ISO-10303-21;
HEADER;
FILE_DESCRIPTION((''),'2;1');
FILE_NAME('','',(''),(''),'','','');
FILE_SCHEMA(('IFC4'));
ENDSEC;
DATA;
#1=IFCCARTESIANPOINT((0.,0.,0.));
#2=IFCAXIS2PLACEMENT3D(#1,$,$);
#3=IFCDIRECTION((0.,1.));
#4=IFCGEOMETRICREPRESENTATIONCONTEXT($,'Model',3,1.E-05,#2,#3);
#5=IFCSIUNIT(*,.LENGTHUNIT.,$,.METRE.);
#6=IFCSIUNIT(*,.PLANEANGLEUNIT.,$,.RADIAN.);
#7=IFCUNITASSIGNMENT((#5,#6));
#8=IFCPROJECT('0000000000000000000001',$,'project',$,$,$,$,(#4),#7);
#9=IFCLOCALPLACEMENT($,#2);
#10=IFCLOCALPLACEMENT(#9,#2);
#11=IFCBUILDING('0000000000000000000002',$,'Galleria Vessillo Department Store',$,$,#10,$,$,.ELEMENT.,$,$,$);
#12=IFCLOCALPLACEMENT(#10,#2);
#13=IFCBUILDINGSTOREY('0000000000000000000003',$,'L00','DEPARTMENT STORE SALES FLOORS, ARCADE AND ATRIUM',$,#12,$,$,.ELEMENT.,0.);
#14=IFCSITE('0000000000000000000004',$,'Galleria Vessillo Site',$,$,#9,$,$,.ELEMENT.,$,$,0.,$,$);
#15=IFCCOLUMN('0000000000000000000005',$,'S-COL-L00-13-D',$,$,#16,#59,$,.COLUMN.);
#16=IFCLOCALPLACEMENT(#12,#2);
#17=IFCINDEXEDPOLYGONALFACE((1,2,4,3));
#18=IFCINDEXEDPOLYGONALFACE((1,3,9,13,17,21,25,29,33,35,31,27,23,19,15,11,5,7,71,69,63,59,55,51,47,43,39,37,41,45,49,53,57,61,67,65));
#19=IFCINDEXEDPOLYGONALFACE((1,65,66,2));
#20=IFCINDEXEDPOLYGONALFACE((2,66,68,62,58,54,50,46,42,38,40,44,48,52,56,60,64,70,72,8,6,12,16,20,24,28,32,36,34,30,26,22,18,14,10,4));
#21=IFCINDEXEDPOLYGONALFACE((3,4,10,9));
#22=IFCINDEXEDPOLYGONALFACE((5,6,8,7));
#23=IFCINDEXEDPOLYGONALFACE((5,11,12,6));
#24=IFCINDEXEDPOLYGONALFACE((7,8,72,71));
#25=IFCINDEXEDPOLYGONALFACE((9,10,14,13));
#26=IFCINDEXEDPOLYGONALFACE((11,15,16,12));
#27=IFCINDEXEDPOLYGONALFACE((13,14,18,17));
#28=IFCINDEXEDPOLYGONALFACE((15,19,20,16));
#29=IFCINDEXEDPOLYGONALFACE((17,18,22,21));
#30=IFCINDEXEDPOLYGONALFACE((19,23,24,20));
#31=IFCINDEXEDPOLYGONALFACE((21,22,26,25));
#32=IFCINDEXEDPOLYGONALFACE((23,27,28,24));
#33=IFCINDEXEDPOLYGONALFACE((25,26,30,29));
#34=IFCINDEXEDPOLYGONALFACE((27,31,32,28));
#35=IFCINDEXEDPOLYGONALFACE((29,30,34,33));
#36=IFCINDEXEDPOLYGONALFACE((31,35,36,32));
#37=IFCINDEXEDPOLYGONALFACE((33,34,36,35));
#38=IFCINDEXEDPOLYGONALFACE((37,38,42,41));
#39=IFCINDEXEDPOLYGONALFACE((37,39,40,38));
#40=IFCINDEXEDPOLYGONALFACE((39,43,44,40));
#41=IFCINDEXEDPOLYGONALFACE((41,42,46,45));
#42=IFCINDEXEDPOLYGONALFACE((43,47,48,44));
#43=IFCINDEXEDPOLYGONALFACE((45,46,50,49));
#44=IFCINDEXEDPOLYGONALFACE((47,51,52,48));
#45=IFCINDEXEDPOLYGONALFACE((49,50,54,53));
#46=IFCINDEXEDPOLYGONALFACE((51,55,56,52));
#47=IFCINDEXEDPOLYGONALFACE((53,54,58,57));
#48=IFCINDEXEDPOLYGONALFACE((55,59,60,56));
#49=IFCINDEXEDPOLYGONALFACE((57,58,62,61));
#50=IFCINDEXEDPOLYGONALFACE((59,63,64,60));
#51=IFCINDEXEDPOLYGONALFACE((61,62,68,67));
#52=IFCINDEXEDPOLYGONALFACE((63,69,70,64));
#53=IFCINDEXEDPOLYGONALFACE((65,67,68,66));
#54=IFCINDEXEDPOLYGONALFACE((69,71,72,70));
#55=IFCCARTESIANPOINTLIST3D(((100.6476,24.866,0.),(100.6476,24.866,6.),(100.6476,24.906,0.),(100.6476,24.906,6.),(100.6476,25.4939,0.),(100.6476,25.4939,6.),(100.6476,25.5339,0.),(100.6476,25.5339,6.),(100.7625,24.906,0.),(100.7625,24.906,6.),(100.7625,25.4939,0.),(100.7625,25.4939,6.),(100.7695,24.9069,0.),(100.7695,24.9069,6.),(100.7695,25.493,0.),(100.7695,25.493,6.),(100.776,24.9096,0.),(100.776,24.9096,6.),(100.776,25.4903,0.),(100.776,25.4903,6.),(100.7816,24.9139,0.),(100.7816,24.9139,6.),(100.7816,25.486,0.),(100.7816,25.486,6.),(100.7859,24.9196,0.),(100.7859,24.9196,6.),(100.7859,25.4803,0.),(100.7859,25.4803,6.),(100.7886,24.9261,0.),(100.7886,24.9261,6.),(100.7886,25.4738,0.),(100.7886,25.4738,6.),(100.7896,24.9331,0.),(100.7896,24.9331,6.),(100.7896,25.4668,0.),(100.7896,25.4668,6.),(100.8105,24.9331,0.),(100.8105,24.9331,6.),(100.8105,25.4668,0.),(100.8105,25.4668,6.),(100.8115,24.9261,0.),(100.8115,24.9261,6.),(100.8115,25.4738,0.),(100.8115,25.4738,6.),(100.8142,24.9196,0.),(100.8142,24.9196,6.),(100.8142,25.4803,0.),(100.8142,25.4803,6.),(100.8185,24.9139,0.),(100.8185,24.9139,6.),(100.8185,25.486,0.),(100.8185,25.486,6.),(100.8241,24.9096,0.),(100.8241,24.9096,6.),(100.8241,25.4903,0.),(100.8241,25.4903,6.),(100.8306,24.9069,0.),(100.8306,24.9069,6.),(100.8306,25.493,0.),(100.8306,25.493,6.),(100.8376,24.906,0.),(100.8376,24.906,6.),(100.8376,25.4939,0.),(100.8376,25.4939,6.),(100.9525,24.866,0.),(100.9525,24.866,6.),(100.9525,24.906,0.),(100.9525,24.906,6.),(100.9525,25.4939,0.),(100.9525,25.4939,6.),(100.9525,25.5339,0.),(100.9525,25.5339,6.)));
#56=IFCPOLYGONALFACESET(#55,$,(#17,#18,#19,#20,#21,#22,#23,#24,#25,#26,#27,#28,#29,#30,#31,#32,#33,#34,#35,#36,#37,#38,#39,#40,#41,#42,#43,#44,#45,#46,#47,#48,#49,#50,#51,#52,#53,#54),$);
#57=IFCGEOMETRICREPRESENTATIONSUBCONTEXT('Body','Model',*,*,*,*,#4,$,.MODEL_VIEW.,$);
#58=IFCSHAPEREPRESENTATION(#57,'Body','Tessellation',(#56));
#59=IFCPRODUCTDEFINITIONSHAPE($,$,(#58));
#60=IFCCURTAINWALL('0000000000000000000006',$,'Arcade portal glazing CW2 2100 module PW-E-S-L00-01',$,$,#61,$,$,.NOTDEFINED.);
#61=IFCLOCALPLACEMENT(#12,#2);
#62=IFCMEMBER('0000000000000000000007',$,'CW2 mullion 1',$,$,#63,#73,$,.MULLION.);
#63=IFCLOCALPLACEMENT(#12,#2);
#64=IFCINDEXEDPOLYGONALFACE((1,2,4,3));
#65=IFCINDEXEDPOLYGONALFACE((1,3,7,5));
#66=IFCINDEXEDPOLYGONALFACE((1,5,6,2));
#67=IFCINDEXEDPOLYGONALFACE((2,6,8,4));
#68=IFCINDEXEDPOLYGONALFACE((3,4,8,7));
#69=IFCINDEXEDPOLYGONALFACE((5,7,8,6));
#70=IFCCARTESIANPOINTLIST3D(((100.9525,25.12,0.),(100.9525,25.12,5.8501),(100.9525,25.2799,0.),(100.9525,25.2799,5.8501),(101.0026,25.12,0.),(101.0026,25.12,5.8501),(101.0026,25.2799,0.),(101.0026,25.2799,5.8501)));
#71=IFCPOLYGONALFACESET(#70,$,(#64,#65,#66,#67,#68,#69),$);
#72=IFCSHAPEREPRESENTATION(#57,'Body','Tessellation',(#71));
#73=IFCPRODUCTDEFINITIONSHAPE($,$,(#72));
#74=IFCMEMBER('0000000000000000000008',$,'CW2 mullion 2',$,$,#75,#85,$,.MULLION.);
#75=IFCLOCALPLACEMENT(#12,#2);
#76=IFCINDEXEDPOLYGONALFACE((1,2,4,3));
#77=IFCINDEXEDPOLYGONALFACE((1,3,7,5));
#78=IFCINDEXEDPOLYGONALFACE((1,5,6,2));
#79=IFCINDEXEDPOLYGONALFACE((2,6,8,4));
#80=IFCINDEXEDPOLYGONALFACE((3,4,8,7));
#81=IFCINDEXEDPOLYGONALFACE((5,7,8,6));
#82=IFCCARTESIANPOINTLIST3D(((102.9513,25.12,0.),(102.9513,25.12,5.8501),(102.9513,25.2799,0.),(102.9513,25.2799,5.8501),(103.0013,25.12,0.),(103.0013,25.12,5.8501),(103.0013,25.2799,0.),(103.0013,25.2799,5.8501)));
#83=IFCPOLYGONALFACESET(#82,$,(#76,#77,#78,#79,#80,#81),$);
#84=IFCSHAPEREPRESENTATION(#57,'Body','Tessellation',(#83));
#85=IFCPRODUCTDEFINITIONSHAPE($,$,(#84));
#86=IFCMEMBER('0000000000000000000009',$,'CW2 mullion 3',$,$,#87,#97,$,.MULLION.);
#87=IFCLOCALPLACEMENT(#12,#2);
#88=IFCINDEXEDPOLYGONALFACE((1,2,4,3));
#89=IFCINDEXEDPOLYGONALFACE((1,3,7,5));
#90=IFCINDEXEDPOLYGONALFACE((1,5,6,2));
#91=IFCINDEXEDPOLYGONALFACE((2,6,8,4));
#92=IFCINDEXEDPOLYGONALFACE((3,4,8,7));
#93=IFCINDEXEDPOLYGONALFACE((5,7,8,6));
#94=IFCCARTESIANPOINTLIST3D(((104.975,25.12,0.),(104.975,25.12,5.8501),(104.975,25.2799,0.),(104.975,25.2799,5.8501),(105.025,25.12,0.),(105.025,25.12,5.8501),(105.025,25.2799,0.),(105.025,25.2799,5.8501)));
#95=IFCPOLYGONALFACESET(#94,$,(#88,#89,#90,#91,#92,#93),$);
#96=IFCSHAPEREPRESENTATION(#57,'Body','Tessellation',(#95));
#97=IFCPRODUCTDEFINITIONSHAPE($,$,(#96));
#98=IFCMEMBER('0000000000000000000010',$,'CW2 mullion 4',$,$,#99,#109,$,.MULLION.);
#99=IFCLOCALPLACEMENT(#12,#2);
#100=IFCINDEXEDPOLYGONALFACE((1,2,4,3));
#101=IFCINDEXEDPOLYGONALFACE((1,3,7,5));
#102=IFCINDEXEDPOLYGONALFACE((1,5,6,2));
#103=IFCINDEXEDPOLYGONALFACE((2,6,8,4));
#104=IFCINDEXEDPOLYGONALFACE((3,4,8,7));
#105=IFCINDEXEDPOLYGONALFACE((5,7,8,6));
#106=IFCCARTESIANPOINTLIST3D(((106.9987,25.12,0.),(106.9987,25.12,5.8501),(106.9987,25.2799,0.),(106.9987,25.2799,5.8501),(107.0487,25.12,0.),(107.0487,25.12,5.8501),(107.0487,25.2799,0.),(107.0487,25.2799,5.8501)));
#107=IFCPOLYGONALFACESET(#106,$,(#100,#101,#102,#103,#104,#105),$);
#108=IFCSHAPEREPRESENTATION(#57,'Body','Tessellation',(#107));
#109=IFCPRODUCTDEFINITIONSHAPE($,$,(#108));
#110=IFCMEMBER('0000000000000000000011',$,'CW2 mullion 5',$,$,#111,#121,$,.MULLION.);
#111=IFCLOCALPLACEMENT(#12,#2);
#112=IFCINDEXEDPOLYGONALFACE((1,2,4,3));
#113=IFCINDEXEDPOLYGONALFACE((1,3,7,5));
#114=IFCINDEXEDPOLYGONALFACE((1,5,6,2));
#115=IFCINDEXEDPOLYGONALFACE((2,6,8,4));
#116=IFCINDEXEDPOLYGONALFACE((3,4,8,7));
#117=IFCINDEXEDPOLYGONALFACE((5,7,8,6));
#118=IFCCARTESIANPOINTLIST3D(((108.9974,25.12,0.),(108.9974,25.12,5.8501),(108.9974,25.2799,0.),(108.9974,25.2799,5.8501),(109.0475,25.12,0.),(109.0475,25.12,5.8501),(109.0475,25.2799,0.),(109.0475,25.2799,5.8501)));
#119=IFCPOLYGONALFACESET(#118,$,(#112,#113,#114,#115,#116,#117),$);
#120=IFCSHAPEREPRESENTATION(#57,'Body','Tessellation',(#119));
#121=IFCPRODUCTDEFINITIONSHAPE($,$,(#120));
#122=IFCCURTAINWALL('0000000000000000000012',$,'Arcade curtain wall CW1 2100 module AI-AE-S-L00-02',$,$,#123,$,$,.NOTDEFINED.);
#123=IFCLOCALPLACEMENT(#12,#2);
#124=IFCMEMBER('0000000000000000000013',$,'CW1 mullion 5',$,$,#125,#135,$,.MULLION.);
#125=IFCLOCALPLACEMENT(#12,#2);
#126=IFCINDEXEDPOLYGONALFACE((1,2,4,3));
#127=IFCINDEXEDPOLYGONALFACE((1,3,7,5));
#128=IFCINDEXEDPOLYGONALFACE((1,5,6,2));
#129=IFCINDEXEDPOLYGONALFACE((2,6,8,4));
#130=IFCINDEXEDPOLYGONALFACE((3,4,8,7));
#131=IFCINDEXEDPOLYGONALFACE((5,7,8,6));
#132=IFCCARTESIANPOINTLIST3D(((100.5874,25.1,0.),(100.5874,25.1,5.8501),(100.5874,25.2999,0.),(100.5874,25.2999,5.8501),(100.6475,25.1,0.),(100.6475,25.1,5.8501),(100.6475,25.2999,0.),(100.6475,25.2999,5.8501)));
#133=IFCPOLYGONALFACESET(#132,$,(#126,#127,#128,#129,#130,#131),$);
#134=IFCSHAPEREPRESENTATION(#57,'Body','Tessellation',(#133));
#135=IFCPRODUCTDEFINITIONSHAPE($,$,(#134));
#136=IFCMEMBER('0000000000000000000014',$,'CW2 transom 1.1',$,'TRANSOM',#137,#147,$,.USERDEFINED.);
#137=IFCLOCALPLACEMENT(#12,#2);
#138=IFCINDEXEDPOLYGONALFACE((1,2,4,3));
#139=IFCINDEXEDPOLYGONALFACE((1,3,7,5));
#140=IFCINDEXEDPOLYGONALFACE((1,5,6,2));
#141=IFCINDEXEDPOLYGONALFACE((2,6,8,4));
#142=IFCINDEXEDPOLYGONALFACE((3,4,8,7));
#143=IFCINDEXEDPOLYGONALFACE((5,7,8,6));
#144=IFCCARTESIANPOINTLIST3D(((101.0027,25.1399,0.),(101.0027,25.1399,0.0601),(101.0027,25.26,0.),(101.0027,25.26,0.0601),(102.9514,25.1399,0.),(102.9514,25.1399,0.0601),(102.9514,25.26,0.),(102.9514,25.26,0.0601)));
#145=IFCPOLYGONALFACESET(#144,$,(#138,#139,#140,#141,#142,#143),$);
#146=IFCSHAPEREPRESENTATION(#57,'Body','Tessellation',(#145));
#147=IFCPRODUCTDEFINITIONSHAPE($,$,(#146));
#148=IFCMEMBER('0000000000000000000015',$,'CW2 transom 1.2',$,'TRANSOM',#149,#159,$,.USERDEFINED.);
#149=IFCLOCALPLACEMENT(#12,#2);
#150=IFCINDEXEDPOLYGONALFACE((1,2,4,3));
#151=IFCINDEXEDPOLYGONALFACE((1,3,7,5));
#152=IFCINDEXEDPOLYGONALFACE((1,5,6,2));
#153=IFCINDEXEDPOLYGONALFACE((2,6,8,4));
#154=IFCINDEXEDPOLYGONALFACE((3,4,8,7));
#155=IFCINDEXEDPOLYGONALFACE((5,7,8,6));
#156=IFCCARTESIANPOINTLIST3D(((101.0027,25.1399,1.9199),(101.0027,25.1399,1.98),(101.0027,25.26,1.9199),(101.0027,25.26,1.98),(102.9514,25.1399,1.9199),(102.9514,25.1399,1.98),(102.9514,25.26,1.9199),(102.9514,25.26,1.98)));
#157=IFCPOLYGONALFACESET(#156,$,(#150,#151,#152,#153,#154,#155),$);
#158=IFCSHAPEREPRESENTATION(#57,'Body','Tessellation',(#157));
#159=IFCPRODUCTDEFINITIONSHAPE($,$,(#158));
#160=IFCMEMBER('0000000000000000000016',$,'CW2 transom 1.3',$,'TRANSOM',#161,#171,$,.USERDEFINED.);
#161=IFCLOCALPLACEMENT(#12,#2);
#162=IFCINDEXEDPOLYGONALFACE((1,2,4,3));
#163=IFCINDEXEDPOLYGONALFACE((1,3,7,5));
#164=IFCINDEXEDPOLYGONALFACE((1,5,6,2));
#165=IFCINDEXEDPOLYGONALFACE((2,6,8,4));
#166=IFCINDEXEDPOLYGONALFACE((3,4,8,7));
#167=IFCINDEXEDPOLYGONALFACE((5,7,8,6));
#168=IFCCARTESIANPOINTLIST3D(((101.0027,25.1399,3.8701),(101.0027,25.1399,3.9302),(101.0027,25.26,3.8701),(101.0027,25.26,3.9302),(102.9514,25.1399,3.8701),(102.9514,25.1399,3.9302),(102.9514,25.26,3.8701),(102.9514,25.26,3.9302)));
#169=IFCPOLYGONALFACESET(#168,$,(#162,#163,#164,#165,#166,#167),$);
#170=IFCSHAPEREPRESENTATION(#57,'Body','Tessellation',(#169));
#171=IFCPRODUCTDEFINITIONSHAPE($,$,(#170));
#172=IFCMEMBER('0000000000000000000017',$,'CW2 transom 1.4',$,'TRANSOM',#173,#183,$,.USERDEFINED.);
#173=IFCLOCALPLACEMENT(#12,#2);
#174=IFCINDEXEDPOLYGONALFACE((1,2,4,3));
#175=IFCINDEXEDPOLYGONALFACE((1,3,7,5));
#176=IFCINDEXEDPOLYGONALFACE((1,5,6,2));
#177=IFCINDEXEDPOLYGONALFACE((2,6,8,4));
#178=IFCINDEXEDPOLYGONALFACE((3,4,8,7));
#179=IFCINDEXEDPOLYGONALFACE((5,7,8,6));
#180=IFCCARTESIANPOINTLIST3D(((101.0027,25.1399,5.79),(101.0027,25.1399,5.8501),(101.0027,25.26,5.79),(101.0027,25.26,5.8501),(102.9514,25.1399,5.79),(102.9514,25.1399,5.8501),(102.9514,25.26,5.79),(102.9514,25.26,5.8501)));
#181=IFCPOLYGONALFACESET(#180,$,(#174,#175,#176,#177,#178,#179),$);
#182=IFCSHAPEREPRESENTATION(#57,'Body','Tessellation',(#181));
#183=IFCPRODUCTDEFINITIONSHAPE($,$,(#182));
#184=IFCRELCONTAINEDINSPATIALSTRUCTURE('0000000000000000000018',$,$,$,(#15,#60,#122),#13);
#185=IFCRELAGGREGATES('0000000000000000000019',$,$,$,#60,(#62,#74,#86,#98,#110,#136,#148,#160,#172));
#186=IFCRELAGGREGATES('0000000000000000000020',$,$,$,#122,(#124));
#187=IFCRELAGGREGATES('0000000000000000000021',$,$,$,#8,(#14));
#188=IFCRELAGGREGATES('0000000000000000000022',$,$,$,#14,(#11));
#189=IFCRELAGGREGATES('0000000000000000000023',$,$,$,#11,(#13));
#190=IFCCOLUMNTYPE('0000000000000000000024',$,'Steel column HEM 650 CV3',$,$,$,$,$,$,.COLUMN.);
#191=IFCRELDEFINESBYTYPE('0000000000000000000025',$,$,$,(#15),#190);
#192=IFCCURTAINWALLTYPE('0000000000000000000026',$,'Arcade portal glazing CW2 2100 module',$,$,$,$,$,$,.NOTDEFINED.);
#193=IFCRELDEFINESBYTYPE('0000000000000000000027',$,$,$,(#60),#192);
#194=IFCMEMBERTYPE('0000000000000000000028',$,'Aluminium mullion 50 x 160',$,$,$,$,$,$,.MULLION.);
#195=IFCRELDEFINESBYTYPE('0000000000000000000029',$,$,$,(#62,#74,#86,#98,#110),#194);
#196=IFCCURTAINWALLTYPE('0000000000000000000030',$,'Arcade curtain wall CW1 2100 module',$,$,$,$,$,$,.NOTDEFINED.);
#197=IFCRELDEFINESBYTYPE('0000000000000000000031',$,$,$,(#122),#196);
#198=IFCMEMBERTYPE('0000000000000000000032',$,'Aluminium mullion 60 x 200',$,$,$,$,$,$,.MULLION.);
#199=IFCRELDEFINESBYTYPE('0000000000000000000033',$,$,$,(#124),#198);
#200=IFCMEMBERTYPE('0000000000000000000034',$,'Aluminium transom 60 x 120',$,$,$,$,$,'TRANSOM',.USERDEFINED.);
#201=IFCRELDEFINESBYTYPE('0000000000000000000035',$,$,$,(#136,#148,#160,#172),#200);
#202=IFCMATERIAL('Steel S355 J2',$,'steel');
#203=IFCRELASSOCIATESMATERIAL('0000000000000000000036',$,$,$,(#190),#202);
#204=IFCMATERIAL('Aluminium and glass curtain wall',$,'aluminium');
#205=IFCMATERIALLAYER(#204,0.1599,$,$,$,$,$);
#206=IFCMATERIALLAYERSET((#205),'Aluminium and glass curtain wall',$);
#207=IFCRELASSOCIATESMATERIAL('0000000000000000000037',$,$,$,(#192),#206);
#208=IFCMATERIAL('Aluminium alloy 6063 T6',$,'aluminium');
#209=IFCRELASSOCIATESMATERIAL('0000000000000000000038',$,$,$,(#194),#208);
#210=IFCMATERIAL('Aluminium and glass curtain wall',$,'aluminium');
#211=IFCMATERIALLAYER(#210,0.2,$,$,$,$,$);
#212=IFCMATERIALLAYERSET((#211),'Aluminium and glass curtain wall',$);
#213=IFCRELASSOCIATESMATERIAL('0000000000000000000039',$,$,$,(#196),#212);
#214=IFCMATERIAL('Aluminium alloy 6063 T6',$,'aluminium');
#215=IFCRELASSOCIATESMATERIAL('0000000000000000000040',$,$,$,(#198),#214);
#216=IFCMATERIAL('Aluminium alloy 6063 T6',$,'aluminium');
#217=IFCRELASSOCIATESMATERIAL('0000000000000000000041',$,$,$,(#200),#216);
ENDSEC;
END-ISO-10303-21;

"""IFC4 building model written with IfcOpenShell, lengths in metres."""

from ifc_helpers import new_model, si_unit, direction, frame, origin, origin_2d, place, context, subcontext, project, spatial, rectangle, i_section, extrude, material, layer, layer_set, material_profile, profile_set, type_object, element, aggregate, save


model = new_model("IFC4")

# Units and contexts
model_context = context("Model", 3, precision=1e-05, world=origin(), true_north=direction((0.0, 1.0)))
body_context = subcontext(model_context, "Body", "Model", "MODEL_VIEW")
ifc_project = project(units=[si_unit("LENGTHUNIT", "METRE"), si_unit("PLANEANGLEUNIT", "RADIAN")], contexts=[model_context])

# Site, building, storey
site_placement = place(None, origin())
site = spatial("IfcSite", under=ifc_project, at=site_placement, Name="Galleria Vessillo Site", CompositionType="ELEMENT", RefElevation=0.0)
building_placement = place(site_placement, origin())
building = spatial("IfcBuilding", under=site, at=building_placement, Name="Galleria Vessillo Department Store", CompositionType="ELEMENT")
storey_placement = place(building_placement, origin())
storey = spatial("IfcBuildingStorey", under=building, at=storey_placement, Name="L00", Description="DEPARTMENT STORE SALES FLOORS, ARCADE AND ATRIUM", CompositionType="ELEMENT", Elevation=0.0)

# Column
ifc_material_1 = material(Name="Steel S355 J2", Category="steel")
ifc_material_profile_1 = material_profile(ifc_material_1, i_section(OverallWidth=0.3049, OverallDepth=0.668, WebThickness=0.021, FlangeThickness=0.04, FilletRadius=0.0271, at=origin_2d()), Name="HEM 650")
ifc_profile_set_1 = profile_set([ifc_material_profile_1], Name="Steel S355 J2")
column_type = type_object("IfcColumnType", Name="Steel column HEM 650 CV3", PredefinedType="COLUMN", material=ifc_profile_set_1)
column_placement = place(storey_placement, frame((100.8, 25.2, 0.0), z_axis=(0.0, 0.0, 1.0), x_axis=(1.0, 0.0, 0.0)))
element("IfcColumn", 1, at=column_placement, inside=storey, type_object=column_type, Name="S-COL-L00-13-D", PredefinedType="COLUMN", context=body_context, shape_type="SweptSolid", body=[
    extrude(i_section(OverallWidth=0.3049, OverallDepth=0.668, WebThickness=0.021, FlangeThickness=0.04, FilletRadius=0.0271, at=origin_2d()), origin(), (0.0, 0.0, 1.0), 6.0),
])

# Curtain wall, members
ifc_material_2 = material(Name="Aluminium and glass curtain wall", Category="aluminium")
ifc_layer_1 = layer(ifc_material_2, 0.1599)
ifc_layer_set_1 = layer_set([ifc_layer_1], Name="Aluminium and glass curtain wall")
curtain_wall_type_1 = type_object("IfcCurtainWallType", Name="Arcade portal glazing CW2 2100 module", PredefinedType="NOTDEFINED", material=ifc_layer_set_1)
curtain_wall_1_placement = place(storey_placement, origin())
curtain_wall_1 = element("IfcCurtainWall", 2, at=curtain_wall_1_placement, inside=storey, type_object=curtain_wall_type_1, Name="Arcade portal glazing CW2 2100 module PW-E-S-L00-01", PredefinedType="NOTDEFINED")
ifc_material_3 = material(Name="Aluminium alloy 6063 T6", Category="aluminium")
ifc_material_profile_2 = material_profile(ifc_material_3, rectangle(XDim=0.1599, YDim=0.05, at=origin_2d()), Name="AL 50x160")
ifc_profile_set_2 = profile_set([ifc_material_profile_2], Name="Aluminium alloy 6063 T6")
member_type_1 = type_object("IfcMemberType", Name="Aluminium mullion 50 x 160", PredefinedType="MULLION", material=ifc_profile_set_2)
member_1_placement = place(storey_placement, frame((100.9775, 25.2, 0.0), z_axis=(0.0, 0.0, 1.0), x_axis=(0.0, 1.0, 0.0)))
member_1 = element("IfcMember", 3, at=member_1_placement, type_object=member_type_1, Name="CW2 mullion 1", PredefinedType="MULLION", context=body_context, shape_type="SweptSolid", body=[
    extrude(rectangle(XDim=0.1599, YDim=0.05, at=origin_2d()), origin(), (0.0, 0.0, 1.0), 5.8501),
])
member_2_placement = place(storey_placement, frame((102.9763, 25.2, 0.0), z_axis=(0.0, 0.0, 1.0), x_axis=(0.0, 1.0, 0.0)))
member_2 = element("IfcMember", 4, at=member_2_placement, type_object=member_type_1, Name="CW2 mullion 2", PredefinedType="MULLION", context=body_context, shape_type="SweptSolid", body=[
    extrude(rectangle(XDim=0.1599, YDim=0.05, at=origin_2d()), origin(), (0.0, 0.0, 1.0), 5.8501),
])
member_3_placement = place(storey_placement, frame((105.0, 25.2, 0.0), z_axis=(0.0, 0.0, 1.0), x_axis=(0.0, 1.0, 0.0)))
member_3 = element("IfcMember", 5, at=member_3_placement, type_object=member_type_1, Name="CW2 mullion 3", PredefinedType="MULLION", context=body_context, shape_type="SweptSolid", body=[
    extrude(rectangle(XDim=0.1599, YDim=0.05, at=origin_2d()), origin(), (0.0, 0.0, 1.0), 5.8501),
])
member_4_placement = place(storey_placement, frame((107.0237, 25.2, 0.0), z_axis=(0.0, 0.0, 1.0), x_axis=(0.0, 1.0, 0.0)))
member_4 = element("IfcMember", 6, at=member_4_placement, type_object=member_type_1, Name="CW2 mullion 4", PredefinedType="MULLION", context=body_context, shape_type="SweptSolid", body=[
    extrude(rectangle(XDim=0.1599, YDim=0.05, at=origin_2d()), origin(), (0.0, 0.0, 1.0), 5.8501),
])
member_5_placement = place(storey_placement, frame((109.0225, 25.2, 0.0), z_axis=(0.0, 0.0, 1.0), x_axis=(0.0, 1.0, 0.0)))
member_5 = element("IfcMember", 7, at=member_5_placement, type_object=member_type_1, Name="CW2 mullion 5", PredefinedType="MULLION", context=body_context, shape_type="SweptSolid", body=[
    extrude(rectangle(XDim=0.1599, YDim=0.05, at=origin_2d()), origin(), (0.0, 0.0, 1.0), 5.8501),
])

# Curtain wall, member
ifc_material_4 = material(Name="Aluminium and glass curtain wall", Category="aluminium")
ifc_layer_2 = layer(ifc_material_4, 0.2)
ifc_layer_set_2 = layer_set([ifc_layer_2], Name="Aluminium and glass curtain wall")
curtain_wall_type_2 = type_object("IfcCurtainWallType", Name="Arcade curtain wall CW1 2100 module", PredefinedType="NOTDEFINED", material=ifc_layer_set_2)
curtain_wall_2_placement = place(storey_placement, origin())
curtain_wall_2 = element("IfcCurtainWall", 8, at=curtain_wall_2_placement, inside=storey, type_object=curtain_wall_type_2, Name="Arcade curtain wall CW1 2100 module AI-AE-S-L00-02", PredefinedType="NOTDEFINED")
ifc_material_5 = material(Name="Aluminium alloy 6063 T6", Category="aluminium")
ifc_material_profile_3 = material_profile(ifc_material_5, rectangle(XDim=0.2, YDim=0.0601, at=origin_2d()), Name="AL 60x200")
ifc_profile_set_3 = profile_set([ifc_material_profile_3], Name="Aluminium alloy 6063 T6")
member_type_2 = type_object("IfcMemberType", Name="Aluminium mullion 60 x 200", PredefinedType="MULLION", material=ifc_profile_set_3)
member_6_placement = place(storey_placement, frame((100.6174, 25.2, 0.0), z_axis=(0.0, 0.0, 1.0), x_axis=(0.0, 1.0, 0.0)))
member_6 = element("IfcMember", 9, at=member_6_placement, type_object=member_type_2, Name="CW1 mullion 5", PredefinedType="MULLION", context=body_context, shape_type="SweptSolid", body=[
    extrude(rectangle(XDim=0.2, YDim=0.0601, at=origin_2d()), origin(), (0.0, 0.0, 1.0), 5.8501),
])

# Members
ifc_material_6 = material(Name="Aluminium alloy 6063 T6", Category="aluminium")
ifc_material_profile_4 = material_profile(ifc_material_6, rectangle(XDim=0.1201, YDim=0.0601, at=origin_2d()), Name="AL 60x120")
ifc_profile_set_4 = profile_set([ifc_material_profile_4], Name="Aluminium alloy 6063 T6")
member_type_3 = type_object("IfcMemberType", Name="Aluminium transom 60 x 120", ElementType="TRANSOM", PredefinedType="USERDEFINED", material=ifc_profile_set_4)
member_7_placement = place(storey_placement, frame((101.0027, 25.2, 0.03), z_axis=(1.0, 0.0, 0.0), x_axis=(0.0, 1.0, 0.0)))
member_7 = element("IfcMember", 10, at=member_7_placement, type_object=member_type_3, Name="CW2 transom 1.1", ObjectType="TRANSOM", PredefinedType="USERDEFINED", context=body_context, shape_type="SweptSolid", body=[
    extrude(rectangle(XDim=0.1201, YDim=0.0601, at=origin_2d()), origin(), (0.0, 0.0, 1.0), 1.9487),
])
member_8_placement = place(storey_placement, frame((101.0027, 25.2, 1.95), z_axis=(1.0, 0.0, 0.0), x_axis=(0.0, 1.0, 0.0)))
member_8 = element("IfcMember", 11, at=member_8_placement, type_object=member_type_3, Name="CW2 transom 1.2", ObjectType="TRANSOM", PredefinedType="USERDEFINED", context=body_context, shape_type="SweptSolid", body=[
    extrude(rectangle(XDim=0.1201, YDim=0.0601, at=origin_2d()), origin(), (0.0, 0.0, 1.0), 1.9487),
])
member_9_placement = place(storey_placement, frame((101.0027, 25.2, 3.9001), z_axis=(1.0, 0.0, 0.0), x_axis=(0.0, 1.0, 0.0)))
member_9 = element("IfcMember", 12, at=member_9_placement, type_object=member_type_3, Name="CW2 transom 1.3", ObjectType="TRANSOM", PredefinedType="USERDEFINED", context=body_context, shape_type="SweptSolid", body=[
    extrude(rectangle(XDim=0.1201, YDim=0.0601, at=origin_2d()), origin(), (0.0, 0.0, 1.0), 1.9487),
])
member_10_placement = place(storey_placement, frame((101.0027, 25.2, 5.8201), z_axis=(1.0, 0.0, 0.0), x_axis=(0.0, 1.0, 0.0)))
member_10 = element("IfcMember", 13, at=member_10_placement, type_object=member_type_3, Name="CW2 transom 1.4", ObjectType="TRANSOM", PredefinedType="USERDEFINED", context=body_context, shape_type="SweptSolid", body=[
    extrude(rectangle(XDim=0.1201, YDim=0.0601, at=origin_2d()), origin(), (0.0, 0.0, 1.0), 1.9487),
])

aggregate(curtain_wall_1, [member_1, member_2, member_3, member_4, member_5, member_7, member_8, member_9, member_10])
aggregate(curtain_wall_2, [member_6])

save(model, "model.ifc")
